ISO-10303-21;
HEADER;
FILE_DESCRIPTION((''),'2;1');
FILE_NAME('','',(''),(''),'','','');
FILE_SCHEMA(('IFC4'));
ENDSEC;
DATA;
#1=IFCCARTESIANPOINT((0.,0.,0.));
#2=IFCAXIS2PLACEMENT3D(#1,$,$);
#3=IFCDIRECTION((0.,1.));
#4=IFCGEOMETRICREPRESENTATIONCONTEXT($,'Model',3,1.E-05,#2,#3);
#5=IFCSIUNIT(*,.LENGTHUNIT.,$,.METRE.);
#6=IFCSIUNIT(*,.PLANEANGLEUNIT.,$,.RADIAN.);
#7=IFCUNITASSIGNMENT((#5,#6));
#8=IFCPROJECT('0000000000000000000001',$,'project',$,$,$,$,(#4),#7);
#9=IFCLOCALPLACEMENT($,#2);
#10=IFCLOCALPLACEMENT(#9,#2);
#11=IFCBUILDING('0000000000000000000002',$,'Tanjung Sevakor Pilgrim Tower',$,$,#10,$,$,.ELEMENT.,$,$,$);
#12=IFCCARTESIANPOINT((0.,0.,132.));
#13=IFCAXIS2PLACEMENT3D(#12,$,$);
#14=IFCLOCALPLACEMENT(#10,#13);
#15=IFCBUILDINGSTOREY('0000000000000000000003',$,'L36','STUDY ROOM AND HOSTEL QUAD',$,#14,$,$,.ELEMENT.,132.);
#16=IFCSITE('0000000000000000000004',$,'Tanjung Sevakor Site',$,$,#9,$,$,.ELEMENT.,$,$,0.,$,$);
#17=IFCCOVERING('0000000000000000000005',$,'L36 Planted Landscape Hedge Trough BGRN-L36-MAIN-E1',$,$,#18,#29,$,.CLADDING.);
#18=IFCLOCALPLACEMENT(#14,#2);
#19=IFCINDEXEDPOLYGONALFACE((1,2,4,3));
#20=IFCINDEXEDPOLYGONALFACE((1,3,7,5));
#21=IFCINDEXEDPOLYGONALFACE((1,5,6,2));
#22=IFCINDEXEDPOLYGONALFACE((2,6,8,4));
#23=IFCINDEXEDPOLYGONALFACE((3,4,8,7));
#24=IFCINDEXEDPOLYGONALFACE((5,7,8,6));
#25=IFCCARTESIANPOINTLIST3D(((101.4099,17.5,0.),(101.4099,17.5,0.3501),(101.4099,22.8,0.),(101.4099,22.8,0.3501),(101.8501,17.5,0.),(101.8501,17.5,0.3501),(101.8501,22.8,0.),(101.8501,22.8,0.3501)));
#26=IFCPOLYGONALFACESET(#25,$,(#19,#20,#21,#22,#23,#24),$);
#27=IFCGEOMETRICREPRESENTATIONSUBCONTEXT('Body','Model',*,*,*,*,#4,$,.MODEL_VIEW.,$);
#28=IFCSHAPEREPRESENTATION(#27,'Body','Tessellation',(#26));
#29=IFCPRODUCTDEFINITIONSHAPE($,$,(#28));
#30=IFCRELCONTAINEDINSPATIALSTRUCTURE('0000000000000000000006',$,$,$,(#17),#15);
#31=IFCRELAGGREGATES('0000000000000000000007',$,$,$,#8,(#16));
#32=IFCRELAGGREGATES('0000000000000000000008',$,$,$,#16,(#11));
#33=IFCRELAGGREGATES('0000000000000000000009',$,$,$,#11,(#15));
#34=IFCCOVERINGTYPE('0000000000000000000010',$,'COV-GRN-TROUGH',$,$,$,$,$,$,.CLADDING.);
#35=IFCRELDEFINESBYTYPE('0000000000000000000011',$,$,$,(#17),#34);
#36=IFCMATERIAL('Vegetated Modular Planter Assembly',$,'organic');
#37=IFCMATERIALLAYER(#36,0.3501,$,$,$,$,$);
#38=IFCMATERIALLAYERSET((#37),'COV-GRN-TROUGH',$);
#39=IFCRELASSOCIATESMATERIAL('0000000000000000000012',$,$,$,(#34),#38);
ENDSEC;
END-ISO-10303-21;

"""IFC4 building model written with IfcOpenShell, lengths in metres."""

from ifc_helpers import new_model, si_unit, direction, frame, origin, place, context, subcontext, project, spatial, polyline, outline, extrude, material, layer, layer_set, type_object, element, save


model = new_model("IFC4")

# Units and contexts
model_context = context("Model", 3, precision=1e-05, world=origin(), true_north=direction((0.0, 1.0)))
body_context = subcontext(model_context, "Body", "Model", "MODEL_VIEW")
ifc_project = project(units=[si_unit("LENGTHUNIT", "METRE"), si_unit("PLANEANGLEUNIT", "RADIAN")], contexts=[model_context])

# Site, building, storey
site_placement = place(None, origin())
site = spatial("IfcSite", under=ifc_project, at=site_placement, Name="Tanjung Sevakor Site", CompositionType="ELEMENT", RefElevation=0.0)
building_placement = place(site_placement, origin())
building = spatial("IfcBuilding", under=site, at=building_placement, Name="Tanjung Sevakor Pilgrim Tower", CompositionType="ELEMENT")
storey_placement = place(building_placement, frame((0.0, 0.0, 132.0)))
storey = spatial("IfcBuildingStorey", under=building, at=storey_placement, Name="L36", Description="STUDY ROOM AND HOSTEL QUAD", CompositionType="ELEMENT", Elevation=132.0)

# Covering
ifc_material_1 = material(Name="Vegetated Modular Planter Assembly", Category="organic")
ifc_layer_1 = layer(ifc_material_1, 0.3501)
ifc_layer_set_1 = layer_set([ifc_layer_1], Name="COV-GRN-TROUGH")
covering_type_1 = type_object("IfcCoveringType", Name="COV-GRN-TROUGH", PredefinedType="CLADDING", material=ifc_layer_set_1)
covering_1_placement = place(storey_placement, origin())
element("IfcCovering", 1, at=covering_1_placement, inside=storey, type_object=covering_type_1, Name="L36 Planted Landscape Hedge Trough BGRN-L36-MAIN-E1", PredefinedType="CLADDING", context=body_context, shape_type="SweptSolid", body=[
    extrude(outline(polyline([(101.8501, 17.5), (101.8501, 22.8), (101.4099, 22.8), (101.4099, 17.5), (101.8501, 17.5)])), origin(), (0.0, 0.0, 1.0), 0.3501),
])

save(model, "model.ifc")
